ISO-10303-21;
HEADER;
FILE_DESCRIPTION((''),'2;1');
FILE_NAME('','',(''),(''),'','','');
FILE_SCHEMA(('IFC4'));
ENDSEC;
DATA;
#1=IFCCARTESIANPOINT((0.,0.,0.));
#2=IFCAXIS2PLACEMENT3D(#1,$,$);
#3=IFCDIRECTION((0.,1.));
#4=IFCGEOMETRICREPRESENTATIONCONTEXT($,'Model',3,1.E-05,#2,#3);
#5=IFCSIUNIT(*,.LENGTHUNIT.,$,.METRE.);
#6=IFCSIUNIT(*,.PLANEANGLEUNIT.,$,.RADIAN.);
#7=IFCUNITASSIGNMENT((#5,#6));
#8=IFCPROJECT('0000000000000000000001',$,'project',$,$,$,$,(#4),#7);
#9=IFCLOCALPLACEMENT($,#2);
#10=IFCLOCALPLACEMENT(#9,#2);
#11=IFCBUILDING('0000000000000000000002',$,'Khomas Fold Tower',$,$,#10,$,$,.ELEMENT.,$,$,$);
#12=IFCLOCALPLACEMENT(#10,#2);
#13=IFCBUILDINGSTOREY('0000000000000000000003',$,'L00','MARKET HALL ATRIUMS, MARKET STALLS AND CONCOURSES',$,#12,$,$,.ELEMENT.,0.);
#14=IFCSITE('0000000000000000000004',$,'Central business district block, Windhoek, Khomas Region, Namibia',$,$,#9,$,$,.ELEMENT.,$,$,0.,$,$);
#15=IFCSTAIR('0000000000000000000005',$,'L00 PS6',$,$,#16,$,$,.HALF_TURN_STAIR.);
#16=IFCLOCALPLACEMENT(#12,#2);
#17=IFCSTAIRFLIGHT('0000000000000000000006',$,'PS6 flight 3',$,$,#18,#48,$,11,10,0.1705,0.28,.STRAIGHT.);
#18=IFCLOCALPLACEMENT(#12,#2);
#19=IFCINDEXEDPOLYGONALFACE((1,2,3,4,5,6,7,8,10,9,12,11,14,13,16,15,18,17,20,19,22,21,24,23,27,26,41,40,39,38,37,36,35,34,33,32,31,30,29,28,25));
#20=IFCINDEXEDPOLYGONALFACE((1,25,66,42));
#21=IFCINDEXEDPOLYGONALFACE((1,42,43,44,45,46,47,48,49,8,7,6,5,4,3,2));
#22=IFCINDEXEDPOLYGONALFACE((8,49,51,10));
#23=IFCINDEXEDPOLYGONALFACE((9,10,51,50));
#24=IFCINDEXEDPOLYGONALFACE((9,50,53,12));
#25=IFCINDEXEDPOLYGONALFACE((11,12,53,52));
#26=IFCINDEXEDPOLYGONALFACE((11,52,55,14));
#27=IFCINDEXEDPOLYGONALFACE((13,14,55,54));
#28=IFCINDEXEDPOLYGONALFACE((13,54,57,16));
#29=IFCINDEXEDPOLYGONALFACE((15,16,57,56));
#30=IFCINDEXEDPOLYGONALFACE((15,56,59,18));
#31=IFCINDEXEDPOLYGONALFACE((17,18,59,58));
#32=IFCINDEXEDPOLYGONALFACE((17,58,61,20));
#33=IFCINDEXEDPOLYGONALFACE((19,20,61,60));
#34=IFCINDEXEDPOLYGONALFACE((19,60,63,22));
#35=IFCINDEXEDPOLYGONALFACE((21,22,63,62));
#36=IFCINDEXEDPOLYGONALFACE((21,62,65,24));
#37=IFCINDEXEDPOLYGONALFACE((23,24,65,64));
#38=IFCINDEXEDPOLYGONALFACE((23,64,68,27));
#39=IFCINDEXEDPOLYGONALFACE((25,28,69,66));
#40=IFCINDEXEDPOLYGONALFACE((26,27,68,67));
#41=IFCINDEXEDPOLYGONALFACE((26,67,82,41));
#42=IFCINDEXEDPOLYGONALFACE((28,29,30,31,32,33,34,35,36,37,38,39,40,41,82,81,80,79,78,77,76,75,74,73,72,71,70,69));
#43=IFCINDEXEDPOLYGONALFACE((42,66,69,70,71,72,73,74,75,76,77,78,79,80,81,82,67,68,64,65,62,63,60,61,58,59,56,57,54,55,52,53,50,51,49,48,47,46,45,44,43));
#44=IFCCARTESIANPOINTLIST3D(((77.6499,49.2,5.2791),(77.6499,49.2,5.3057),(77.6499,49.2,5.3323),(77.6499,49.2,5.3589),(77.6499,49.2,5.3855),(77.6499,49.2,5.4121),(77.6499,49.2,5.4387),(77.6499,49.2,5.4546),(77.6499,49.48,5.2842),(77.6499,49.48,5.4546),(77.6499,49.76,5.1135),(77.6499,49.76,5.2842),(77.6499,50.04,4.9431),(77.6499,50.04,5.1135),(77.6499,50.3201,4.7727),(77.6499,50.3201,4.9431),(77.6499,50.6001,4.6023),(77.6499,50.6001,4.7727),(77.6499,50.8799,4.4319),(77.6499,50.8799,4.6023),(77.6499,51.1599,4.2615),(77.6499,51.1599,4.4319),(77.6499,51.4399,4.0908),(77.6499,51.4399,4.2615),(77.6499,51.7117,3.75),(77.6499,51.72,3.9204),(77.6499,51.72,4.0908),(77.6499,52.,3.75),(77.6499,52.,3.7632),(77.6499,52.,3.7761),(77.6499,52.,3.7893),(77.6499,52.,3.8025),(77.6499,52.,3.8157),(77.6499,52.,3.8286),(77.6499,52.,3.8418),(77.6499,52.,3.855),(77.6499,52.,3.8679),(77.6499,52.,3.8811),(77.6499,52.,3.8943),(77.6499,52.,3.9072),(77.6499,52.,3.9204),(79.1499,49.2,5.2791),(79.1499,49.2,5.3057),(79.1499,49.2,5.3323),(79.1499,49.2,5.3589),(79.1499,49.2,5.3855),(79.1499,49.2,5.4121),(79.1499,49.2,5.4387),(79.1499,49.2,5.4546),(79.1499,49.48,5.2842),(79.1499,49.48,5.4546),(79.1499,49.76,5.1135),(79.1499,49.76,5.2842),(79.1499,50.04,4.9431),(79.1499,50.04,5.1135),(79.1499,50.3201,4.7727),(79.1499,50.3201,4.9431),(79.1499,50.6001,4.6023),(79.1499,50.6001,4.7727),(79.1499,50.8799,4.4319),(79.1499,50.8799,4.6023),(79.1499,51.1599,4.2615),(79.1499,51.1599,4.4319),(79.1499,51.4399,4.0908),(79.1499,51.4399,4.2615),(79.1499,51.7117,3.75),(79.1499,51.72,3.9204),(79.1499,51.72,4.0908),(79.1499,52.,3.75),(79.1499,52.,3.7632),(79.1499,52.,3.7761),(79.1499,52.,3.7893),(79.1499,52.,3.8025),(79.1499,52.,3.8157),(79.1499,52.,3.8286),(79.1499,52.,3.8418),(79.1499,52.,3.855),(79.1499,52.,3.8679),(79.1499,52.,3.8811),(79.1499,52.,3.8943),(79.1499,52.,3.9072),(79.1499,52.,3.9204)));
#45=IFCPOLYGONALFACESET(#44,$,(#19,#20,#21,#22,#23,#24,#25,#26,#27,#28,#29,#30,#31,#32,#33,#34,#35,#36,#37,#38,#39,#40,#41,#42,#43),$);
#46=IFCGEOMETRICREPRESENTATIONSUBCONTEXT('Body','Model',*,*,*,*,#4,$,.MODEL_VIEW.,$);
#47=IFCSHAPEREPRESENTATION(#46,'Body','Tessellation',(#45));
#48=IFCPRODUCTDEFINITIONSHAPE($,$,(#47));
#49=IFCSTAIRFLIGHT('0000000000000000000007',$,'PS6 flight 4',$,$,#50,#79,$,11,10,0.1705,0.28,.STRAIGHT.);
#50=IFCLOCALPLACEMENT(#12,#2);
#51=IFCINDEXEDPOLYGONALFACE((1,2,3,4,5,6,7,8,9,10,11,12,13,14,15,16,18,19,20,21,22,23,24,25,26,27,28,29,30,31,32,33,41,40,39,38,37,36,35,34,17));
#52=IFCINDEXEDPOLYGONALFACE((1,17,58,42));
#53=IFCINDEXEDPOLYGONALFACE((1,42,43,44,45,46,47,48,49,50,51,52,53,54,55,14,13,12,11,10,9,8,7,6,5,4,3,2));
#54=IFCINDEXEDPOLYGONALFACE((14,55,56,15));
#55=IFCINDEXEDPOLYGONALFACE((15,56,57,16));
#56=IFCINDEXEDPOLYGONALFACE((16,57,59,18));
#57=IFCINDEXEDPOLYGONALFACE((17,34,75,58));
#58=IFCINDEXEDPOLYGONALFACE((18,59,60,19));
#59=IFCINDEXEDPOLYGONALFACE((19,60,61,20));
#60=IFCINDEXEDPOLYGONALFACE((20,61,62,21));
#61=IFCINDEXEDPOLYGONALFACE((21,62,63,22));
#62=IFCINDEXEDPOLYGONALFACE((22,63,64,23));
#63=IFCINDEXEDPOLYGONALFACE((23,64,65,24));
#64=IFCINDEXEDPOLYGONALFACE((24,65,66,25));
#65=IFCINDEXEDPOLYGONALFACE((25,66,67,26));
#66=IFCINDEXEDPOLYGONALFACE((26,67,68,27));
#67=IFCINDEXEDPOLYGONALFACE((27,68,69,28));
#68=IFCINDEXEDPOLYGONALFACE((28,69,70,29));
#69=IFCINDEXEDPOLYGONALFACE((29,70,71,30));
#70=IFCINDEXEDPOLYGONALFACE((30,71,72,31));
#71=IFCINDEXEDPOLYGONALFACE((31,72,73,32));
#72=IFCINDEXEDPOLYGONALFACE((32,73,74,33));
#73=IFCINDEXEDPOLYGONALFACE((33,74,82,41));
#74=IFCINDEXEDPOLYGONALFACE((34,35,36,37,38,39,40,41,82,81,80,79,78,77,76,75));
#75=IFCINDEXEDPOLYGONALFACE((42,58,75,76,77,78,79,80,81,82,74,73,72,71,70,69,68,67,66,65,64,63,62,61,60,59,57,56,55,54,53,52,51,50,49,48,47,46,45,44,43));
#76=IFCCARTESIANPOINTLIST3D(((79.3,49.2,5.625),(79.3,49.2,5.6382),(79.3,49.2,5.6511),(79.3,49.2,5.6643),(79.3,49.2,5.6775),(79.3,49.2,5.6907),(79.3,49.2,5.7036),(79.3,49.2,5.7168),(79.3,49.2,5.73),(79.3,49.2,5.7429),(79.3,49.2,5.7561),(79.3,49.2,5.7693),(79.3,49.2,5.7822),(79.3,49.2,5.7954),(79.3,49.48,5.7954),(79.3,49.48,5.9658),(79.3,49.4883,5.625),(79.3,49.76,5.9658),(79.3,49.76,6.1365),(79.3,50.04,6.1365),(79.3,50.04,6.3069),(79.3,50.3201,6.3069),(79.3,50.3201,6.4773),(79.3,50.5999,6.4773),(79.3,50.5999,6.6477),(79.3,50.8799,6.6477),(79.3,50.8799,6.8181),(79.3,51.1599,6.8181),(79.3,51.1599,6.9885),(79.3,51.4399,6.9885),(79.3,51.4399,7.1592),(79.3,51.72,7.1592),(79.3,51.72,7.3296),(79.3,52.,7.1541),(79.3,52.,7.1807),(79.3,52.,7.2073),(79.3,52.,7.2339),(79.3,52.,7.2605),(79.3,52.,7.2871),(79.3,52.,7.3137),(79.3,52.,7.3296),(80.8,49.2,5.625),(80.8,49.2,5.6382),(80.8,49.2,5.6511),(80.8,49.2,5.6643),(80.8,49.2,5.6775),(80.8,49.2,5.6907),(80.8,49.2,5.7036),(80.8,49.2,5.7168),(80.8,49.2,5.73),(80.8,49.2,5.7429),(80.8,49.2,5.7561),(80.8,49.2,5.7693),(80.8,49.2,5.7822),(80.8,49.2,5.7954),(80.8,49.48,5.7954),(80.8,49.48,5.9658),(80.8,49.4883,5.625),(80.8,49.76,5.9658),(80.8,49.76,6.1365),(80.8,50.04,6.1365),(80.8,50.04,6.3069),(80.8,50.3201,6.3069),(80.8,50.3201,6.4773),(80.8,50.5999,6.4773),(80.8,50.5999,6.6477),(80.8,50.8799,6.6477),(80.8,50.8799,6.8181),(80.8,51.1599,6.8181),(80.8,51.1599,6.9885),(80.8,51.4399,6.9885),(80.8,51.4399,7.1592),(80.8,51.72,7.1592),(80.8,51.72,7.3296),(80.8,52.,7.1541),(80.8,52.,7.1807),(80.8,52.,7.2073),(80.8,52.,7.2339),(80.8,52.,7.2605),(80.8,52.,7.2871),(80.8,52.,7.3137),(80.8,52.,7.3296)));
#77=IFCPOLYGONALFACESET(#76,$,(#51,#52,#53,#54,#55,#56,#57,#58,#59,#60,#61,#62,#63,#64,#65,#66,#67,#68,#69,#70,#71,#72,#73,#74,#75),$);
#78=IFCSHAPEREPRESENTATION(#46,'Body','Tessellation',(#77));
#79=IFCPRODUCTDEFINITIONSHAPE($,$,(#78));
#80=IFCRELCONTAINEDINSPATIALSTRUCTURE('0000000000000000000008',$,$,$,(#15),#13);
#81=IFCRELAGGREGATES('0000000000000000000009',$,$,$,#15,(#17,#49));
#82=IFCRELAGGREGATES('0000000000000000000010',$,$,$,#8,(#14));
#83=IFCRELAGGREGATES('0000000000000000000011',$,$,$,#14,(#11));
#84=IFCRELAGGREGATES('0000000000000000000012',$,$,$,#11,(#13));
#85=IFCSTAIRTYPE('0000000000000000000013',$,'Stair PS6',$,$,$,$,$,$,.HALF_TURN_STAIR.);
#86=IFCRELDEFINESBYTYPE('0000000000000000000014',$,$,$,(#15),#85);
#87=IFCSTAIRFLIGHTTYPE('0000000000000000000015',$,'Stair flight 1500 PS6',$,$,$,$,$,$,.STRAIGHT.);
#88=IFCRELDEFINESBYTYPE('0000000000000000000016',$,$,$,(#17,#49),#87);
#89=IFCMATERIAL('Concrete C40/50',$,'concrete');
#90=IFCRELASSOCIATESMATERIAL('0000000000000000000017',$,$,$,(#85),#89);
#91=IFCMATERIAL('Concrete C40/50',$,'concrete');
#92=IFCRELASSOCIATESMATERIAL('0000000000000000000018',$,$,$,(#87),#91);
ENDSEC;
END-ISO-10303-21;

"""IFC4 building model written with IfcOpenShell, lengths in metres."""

from ifc_helpers import new_model, si_unit, direction, frame, origin, place, context, subcontext, project, spatial, polyline, outline, extrude, source, transform, mapped, material, type_object, element, aggregate, save


model = new_model("IFC4")

# Units and contexts
model_context = context("Model", 3, precision=1e-05, world=origin(), true_north=direction((0.0, 1.0)))
body_context = subcontext(model_context, "Body", "Model", "MODEL_VIEW")
ifc_project = project(units=[si_unit("LENGTHUNIT", "METRE"), si_unit("PLANEANGLEUNIT", "RADIAN")], contexts=[model_context])

# Site, building, storey
site_placement = place(None, origin())
site = spatial("IfcSite", under=ifc_project, at=site_placement, Name="Central business district block, Windhoek, Khomas Region, Namibia", CompositionType="ELEMENT", RefElevation=0.0)
building_placement = place(site_placement, origin())
building = spatial("IfcBuilding", under=site, at=building_placement, Name="Khomas Fold Tower", CompositionType="ELEMENT")
storey_placement = place(building_placement, origin())
storey = spatial("IfcBuildingStorey", under=building, at=storey_placement, Name="L00", Description="MARKET HALL ATRIUMS, MARKET STALLS AND CONCOURSES", CompositionType="ELEMENT", Elevation=0.0)

# Stair, stair flights
ifc_material_1 = material(Name="Concrete C40/50", Category="concrete")
stair_type = type_object("IfcStairType", Name="Stair PS6", PredefinedType="HALF_TURN_STAIR", material=ifc_material_1)
stair_placement = place(storey_placement, origin())
stair = element("IfcStair", 1, at=stair_placement, inside=storey, type_object=stair_type, Name="L00 PS6", PredefinedType="HALF_TURN_STAIR")
ifc_material_2 = material(Name="Concrete C40/50", Category="concrete")
stair_flight_type = type_object("IfcStairFlightType", Name="Stair flight 1500 PS6", PredefinedType="STRAIGHT", material=ifc_material_2)
shared_shape_1 = source(origin(), body_context, "Body", "SweptSolid", [
    extrude(outline(polyline([(0.0, 0.0), (0.0, 0.0132), (0.0, 0.0261), (0.0, 0.0393), (0.0, 0.0525), (0.0, 0.0657), (0.0, 0.0786), (0.0, 0.0918), (0.0, 0.105), (0.0, 0.1179), (0.0, 0.1311), (0.0, 0.1443), (0.0, 0.1572), (0.0, 0.1704), (0.28, 0.1704), (0.28, 0.3408), (0.5601, 0.3408), (0.5601, 0.5115), (0.8401, 0.5115), (0.8401, 0.6819), (1.1201, 0.6819), (1.1201, 0.8523), (1.3999, 0.8523), (1.3999, 1.0227), (1.6799, 1.0227), (1.6799, 1.1931), (1.96, 1.1931), (1.96, 1.3635), (2.24, 1.3635), (2.24, 1.5342), (2.52, 1.5342), (2.52, 1.7046), (2.8, 1.7046), (2.8, 1.875), (2.8, 1.8484), (2.8, 1.8218), (2.8, 1.7952), (2.8, 1.7686), (2.8, 1.7419), (2.8, 1.7153), (2.8, 1.6887), (2.8, 1.6621), (2.8, 1.6355), (2.8, 1.6089), (2.8, 1.5823), (2.8, 1.5557), (2.8, 1.5291), (0.2883, 0.0), (0.0, 0.0)])), frame((0.0, 0.75, 0.0), z_axis=(0.0, -1.0, 0.0), x_axis=(1.0, 0.0, 0.0)), (0.0, 0.0, 1.0), 1.5),
])
stair_flight_1_placement = place(storey_placement, frame((78.3999, 52.0, 3.75), z_axis=(0.0, 0.0, 1.0), x_axis=(0.0, -1.0, 0.0)))
stair_flight_1 = element("IfcStairFlight", 2, at=stair_flight_1_placement, type_object=stair_flight_type, Name="PS6 flight 3", NumberOfRisers=11, NumberOfTreads=10, PredefinedType="STRAIGHT", RiserHeight=0.1705, TreadLength=0.28, context=body_context, shape_type="MappedRepresentation", body=[
    mapped(shared_shape_1, transform((0.0, 0.0, 0.0))),
])
stair_flight_2_placement = place(storey_placement, frame((80.05, 49.2, 5.625), z_axis=(0.0, 0.0, 1.0), x_axis=(0.0, 1.0, 0.0)))
stair_flight_2 = element("IfcStairFlight", 3, at=stair_flight_2_placement, type_object=stair_flight_type, Name="PS6 flight 4", NumberOfRisers=11, NumberOfTreads=10, PredefinedType="STRAIGHT", RiserHeight=0.1705, TreadLength=0.28, context=body_context, shape_type="MappedRepresentation", body=[
    mapped(shared_shape_1, transform((0.0, 0.0, 0.0))),
])
aggregate(stair, [stair_flight_1, stair_flight_2])

save(model, "model.ifc")
